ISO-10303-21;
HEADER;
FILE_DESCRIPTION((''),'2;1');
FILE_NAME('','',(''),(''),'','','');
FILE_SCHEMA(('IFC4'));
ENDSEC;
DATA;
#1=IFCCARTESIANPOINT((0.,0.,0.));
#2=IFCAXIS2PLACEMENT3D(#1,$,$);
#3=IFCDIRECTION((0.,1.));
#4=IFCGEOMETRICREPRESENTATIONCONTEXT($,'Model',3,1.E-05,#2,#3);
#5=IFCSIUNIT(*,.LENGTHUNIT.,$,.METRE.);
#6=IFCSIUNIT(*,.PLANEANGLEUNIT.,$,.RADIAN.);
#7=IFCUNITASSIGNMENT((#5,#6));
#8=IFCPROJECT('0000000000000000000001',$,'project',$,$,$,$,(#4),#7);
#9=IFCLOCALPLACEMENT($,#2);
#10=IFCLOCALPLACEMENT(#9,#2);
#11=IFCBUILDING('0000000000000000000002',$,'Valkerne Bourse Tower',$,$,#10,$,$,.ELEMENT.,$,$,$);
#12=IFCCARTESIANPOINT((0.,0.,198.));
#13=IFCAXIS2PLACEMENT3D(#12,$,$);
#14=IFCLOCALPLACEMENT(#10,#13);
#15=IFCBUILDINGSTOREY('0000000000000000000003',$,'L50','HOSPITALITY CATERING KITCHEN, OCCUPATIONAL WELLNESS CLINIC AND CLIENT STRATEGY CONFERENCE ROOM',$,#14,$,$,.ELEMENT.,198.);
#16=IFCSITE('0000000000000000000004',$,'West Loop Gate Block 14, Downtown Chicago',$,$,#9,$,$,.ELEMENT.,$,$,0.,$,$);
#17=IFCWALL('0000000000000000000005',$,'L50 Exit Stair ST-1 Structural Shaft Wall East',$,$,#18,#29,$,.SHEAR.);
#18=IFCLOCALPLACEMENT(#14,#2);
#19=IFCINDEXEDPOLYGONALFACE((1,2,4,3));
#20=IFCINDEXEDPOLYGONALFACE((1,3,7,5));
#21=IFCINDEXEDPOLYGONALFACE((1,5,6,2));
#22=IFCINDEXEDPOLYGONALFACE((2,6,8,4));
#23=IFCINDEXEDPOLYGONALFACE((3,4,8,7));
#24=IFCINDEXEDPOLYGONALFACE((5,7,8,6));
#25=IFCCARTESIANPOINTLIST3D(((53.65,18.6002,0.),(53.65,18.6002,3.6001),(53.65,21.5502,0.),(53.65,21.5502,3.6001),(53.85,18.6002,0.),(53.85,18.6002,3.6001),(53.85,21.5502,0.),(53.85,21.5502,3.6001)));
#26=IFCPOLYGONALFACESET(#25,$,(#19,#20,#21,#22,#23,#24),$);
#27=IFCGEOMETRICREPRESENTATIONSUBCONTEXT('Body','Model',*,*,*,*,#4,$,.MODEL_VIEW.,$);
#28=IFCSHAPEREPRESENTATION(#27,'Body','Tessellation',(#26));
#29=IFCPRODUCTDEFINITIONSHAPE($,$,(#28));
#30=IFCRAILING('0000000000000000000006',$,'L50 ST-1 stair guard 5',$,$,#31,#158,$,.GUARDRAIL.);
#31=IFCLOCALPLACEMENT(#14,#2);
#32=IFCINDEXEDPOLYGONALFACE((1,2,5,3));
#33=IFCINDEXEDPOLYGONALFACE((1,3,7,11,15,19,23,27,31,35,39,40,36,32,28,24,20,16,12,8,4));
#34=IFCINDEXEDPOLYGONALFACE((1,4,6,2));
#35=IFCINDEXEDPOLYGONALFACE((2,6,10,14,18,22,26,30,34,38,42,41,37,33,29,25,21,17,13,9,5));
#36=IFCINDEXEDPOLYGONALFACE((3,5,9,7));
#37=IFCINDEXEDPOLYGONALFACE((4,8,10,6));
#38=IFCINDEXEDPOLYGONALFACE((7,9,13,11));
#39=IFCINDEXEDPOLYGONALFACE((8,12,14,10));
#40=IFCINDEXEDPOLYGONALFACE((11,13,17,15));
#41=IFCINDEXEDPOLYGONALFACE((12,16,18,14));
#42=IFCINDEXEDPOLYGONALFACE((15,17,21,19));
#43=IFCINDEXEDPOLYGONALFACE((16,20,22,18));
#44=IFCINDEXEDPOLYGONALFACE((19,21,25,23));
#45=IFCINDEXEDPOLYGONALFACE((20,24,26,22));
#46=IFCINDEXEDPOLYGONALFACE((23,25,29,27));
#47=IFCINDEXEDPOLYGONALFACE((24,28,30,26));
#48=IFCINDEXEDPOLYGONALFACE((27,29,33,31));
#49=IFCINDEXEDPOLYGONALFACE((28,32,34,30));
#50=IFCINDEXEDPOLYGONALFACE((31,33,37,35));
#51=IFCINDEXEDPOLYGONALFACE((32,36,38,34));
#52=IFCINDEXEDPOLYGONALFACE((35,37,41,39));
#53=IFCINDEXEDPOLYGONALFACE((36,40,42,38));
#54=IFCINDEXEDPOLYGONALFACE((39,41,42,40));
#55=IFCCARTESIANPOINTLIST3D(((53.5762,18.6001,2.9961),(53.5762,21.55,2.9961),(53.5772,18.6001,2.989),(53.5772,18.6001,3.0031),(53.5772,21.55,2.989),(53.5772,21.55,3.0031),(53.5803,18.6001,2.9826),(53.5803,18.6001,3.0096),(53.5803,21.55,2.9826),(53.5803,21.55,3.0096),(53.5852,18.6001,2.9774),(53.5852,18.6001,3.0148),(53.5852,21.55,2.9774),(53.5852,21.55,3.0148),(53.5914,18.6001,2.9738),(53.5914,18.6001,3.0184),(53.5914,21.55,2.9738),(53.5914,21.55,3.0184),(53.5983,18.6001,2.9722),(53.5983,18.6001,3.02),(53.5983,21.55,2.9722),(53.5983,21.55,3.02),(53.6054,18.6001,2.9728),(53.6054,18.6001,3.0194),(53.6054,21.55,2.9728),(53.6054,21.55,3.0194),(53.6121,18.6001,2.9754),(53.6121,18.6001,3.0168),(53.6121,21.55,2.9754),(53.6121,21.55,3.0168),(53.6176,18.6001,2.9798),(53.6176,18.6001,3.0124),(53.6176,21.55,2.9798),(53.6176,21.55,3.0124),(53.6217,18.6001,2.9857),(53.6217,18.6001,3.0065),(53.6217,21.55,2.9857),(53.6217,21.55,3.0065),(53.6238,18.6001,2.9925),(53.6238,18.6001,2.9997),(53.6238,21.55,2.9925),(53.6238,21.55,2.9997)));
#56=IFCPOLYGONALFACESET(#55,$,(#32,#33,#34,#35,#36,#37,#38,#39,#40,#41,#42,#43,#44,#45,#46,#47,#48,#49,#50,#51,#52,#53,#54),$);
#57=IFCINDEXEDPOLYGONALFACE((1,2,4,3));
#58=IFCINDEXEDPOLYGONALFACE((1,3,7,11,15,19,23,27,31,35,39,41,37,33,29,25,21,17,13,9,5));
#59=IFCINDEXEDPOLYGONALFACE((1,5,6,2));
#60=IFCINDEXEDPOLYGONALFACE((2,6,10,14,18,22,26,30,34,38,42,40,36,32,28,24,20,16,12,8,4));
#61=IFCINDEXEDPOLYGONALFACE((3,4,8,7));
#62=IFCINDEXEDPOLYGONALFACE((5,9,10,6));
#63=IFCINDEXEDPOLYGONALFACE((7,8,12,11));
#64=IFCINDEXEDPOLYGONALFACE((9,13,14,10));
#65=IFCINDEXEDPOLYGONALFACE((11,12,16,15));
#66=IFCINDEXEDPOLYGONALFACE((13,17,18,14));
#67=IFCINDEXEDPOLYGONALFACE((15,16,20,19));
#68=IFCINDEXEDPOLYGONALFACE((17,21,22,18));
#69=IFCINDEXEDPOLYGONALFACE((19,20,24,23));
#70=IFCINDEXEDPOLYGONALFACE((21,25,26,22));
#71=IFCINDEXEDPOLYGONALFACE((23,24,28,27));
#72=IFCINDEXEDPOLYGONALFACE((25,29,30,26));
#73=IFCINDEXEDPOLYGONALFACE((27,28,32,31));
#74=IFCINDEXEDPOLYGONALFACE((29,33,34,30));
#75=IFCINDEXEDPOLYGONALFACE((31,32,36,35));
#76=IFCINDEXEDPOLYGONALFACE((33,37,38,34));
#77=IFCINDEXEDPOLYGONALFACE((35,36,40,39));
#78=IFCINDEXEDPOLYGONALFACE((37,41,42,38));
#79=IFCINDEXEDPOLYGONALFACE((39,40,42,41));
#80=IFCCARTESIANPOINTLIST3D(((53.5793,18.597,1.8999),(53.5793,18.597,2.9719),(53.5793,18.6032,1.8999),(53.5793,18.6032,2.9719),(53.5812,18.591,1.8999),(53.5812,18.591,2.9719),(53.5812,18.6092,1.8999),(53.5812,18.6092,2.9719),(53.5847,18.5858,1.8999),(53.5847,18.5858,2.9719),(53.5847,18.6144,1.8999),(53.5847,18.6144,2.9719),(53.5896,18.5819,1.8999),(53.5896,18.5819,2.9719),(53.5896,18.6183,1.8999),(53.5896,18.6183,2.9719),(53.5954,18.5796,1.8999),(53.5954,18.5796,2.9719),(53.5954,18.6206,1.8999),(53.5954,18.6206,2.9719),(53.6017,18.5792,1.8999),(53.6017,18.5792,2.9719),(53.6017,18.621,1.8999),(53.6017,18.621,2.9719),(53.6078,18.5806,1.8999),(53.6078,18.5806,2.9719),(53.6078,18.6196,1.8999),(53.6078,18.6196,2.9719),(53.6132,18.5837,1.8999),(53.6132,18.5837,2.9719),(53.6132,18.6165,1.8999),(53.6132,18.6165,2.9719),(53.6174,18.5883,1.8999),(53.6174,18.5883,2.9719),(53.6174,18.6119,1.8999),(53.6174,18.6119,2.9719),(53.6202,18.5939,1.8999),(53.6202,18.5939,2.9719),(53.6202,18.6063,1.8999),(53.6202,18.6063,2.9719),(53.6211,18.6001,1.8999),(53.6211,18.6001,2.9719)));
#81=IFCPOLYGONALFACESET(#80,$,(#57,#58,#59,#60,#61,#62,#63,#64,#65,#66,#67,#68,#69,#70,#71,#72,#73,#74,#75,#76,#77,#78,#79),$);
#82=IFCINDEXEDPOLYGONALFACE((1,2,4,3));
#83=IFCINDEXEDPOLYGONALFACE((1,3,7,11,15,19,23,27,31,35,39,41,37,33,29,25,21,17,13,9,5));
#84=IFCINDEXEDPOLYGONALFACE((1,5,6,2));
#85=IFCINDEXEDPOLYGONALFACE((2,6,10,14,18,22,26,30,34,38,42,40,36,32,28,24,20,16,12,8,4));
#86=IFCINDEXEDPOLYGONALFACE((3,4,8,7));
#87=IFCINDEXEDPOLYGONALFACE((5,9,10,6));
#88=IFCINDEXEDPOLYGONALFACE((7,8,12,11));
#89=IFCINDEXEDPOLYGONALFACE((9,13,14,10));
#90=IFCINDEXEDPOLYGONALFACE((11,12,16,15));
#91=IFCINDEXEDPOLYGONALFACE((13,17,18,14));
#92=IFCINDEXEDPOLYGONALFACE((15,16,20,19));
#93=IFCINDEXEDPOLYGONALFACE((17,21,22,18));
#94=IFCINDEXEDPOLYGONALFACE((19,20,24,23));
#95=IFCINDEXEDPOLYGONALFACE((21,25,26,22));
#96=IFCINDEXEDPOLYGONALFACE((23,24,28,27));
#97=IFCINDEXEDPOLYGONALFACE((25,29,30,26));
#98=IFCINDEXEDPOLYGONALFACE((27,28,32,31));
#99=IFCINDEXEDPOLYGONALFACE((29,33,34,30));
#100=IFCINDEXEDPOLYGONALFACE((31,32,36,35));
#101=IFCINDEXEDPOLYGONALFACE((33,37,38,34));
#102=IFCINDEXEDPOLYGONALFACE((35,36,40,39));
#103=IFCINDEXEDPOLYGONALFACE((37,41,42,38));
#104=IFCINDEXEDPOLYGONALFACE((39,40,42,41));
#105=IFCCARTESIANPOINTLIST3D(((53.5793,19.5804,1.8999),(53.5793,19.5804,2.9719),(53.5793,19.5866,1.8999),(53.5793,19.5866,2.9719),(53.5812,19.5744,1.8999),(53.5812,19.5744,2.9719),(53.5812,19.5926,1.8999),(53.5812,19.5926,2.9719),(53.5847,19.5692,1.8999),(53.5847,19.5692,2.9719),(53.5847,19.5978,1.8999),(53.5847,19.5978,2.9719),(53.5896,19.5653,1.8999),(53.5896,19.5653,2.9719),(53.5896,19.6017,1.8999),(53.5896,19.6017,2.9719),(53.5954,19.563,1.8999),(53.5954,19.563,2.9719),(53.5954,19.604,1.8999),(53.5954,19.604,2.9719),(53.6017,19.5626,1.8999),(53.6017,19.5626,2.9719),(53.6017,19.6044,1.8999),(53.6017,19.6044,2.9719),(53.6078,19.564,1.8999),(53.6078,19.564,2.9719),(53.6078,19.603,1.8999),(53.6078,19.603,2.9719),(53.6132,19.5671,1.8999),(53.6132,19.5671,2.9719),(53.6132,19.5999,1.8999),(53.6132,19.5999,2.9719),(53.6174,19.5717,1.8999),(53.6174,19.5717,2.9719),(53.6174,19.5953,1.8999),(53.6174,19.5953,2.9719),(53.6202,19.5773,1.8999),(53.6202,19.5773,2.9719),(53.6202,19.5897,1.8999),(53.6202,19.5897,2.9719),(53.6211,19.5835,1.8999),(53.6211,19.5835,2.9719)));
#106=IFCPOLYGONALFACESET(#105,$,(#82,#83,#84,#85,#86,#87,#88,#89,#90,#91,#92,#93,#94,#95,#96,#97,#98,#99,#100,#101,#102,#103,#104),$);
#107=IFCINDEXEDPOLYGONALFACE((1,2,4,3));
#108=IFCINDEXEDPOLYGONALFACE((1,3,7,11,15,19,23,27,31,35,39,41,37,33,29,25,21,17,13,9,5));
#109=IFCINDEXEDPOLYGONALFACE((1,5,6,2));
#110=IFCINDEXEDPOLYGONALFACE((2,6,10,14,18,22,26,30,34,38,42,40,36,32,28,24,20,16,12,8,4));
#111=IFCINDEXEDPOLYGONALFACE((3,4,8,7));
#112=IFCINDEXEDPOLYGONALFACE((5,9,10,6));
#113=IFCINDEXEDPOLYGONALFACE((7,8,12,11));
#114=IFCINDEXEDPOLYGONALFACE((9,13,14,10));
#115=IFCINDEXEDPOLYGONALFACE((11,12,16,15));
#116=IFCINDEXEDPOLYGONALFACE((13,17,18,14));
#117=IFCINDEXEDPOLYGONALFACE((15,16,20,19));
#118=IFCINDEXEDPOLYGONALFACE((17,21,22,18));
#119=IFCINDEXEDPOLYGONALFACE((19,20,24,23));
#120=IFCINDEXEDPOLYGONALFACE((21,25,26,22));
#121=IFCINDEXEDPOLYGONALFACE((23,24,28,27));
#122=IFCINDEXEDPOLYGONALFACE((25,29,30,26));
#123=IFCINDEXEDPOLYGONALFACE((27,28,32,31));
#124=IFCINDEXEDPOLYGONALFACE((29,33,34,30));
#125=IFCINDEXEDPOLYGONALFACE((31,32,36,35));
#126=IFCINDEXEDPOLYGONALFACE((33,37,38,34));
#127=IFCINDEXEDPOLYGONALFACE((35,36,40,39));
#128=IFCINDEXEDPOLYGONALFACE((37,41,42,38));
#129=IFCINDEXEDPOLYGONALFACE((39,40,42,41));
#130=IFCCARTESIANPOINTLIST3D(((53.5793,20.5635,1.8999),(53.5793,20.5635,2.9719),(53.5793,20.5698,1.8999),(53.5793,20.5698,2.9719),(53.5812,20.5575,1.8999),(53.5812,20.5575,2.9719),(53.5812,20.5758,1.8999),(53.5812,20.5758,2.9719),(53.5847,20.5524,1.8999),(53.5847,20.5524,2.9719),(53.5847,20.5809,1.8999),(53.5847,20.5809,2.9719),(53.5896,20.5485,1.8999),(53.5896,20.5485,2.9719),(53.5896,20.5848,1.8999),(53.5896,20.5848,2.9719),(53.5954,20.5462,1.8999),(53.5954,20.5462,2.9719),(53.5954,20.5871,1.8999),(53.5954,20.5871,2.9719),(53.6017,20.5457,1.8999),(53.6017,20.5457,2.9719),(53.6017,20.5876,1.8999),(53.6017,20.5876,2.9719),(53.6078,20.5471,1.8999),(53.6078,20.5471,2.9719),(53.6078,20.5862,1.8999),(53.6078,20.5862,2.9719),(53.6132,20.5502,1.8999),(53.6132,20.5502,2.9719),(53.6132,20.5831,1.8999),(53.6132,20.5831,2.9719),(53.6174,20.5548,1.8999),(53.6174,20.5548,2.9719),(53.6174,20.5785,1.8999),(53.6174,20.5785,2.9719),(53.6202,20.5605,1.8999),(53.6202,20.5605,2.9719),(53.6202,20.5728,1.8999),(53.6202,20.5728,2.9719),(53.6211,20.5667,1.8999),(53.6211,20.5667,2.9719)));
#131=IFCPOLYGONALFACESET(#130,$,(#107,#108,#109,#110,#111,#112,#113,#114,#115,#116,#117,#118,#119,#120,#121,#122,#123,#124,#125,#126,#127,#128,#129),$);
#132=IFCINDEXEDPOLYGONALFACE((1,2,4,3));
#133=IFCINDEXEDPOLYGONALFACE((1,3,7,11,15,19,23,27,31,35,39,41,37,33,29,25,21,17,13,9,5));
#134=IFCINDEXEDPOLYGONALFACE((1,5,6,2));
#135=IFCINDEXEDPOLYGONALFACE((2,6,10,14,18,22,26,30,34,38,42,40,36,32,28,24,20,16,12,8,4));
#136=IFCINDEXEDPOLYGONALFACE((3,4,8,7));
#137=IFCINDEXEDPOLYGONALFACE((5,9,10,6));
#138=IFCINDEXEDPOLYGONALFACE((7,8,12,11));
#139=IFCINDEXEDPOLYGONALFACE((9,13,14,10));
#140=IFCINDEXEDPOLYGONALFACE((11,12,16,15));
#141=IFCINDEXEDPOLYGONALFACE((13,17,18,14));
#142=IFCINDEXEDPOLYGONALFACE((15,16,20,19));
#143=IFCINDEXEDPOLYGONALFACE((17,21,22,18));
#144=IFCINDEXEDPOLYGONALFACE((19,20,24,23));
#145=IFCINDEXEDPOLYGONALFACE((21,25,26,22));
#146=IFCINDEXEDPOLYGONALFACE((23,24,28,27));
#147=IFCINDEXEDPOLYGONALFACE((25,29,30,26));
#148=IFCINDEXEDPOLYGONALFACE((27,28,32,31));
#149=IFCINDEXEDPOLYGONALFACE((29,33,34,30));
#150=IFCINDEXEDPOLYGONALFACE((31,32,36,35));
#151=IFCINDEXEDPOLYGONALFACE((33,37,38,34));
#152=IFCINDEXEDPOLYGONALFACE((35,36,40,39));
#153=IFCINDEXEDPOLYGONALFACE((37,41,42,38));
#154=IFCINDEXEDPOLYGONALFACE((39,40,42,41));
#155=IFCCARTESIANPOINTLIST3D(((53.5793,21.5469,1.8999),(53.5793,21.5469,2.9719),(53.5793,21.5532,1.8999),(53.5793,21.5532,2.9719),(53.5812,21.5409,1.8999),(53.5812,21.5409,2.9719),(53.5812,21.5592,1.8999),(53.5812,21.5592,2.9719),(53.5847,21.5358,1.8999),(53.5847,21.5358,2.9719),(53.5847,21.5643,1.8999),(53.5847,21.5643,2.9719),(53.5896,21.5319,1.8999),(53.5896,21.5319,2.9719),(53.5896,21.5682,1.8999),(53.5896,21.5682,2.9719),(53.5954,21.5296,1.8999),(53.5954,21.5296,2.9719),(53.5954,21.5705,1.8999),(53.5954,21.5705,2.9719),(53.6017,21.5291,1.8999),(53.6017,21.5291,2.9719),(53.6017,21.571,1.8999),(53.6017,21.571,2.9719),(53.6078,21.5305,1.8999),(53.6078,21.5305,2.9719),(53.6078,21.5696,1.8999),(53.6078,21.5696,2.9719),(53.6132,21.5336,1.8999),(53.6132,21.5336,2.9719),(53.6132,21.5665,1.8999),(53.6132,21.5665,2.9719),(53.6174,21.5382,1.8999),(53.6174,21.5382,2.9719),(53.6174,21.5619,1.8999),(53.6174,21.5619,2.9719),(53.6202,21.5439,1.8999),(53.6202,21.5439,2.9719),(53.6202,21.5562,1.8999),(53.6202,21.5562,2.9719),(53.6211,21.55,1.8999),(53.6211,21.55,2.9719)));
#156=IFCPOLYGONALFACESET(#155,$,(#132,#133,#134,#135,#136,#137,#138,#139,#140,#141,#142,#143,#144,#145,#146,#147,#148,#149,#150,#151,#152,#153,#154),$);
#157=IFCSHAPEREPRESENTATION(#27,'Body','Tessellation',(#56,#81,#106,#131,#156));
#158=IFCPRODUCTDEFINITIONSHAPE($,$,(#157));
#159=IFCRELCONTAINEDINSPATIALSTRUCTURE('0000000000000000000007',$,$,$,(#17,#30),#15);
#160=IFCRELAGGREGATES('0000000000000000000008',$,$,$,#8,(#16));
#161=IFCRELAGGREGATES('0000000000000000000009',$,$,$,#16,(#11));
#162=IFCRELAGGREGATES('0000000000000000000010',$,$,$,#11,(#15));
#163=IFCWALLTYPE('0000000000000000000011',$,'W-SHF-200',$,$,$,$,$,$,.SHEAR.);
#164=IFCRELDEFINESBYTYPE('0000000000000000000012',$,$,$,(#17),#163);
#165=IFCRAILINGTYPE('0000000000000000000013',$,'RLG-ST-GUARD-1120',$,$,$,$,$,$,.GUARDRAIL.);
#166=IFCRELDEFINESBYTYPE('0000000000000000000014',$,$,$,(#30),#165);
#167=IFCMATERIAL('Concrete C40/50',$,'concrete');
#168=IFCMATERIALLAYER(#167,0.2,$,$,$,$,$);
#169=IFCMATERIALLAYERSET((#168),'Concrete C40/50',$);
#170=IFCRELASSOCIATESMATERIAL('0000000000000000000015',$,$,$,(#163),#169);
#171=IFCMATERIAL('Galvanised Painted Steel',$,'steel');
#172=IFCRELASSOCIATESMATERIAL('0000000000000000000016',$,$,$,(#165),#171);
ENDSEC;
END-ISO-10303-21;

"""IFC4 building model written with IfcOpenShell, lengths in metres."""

from ifc_helpers import new_model, si_unit, direction, frame, frame_2d, origin, origin_2d, place, context, subcontext, project, spatial, rectangle, circle, extrude, material, layer, layer_set, type_object, element, save


model = new_model("IFC4")

# Units and contexts
model_context = context("Model", 3, precision=1e-05, world=origin(), true_north=direction((0.0, 1.0)))
body_context = subcontext(model_context, "Body", "Model", "MODEL_VIEW")
ifc_project = project(units=[si_unit("LENGTHUNIT", "METRE"), si_unit("PLANEANGLEUNIT", "RADIAN")], contexts=[model_context])

# Site, building, storey
site_placement = place(None, origin())
site = spatial("IfcSite", under=ifc_project, at=site_placement, Name="West Loop Gate Block 14, Downtown Chicago", CompositionType="ELEMENT", RefElevation=0.0)
building_placement = place(site_placement, origin())
building = spatial("IfcBuilding", under=site, at=building_placement, Name="Valkerne Bourse Tower", CompositionType="ELEMENT")
storey_placement = place(building_placement, frame((0.0, 0.0, 198.0)))
storey = spatial("IfcBuildingStorey", under=building, at=storey_placement, Name="L50", Description="HOSPITALITY CATERING KITCHEN, OCCUPATIONAL WELLNESS CLINIC AND CLIENT STRATEGY CONFERENCE ROOM", CompositionType="ELEMENT", Elevation=198.0)

# Wall
ifc_material_1 = material(Name="Concrete C40/50", Category="concrete")
ifc_layer_1 = layer(ifc_material_1, 0.2)
ifc_layer_set_1 = layer_set([ifc_layer_1], Name="Concrete C40/50")
wall_type_1 = type_object("IfcWallType", Name="W-SHF-200", PredefinedType="SHEAR", material=ifc_layer_set_1)
wall_1_placement = place(storey_placement, frame((53.75, 18.6001, 0.0), z_axis=(0.0, 0.0, 1.0), x_axis=(0.0, 1.0, 0.0)))
element("IfcWall", 1, at=wall_1_placement, inside=storey, type_object=wall_type_1, Name="L50 Exit Stair ST-1 Structural Shaft Wall East", PredefinedType="SHEAR", context=body_context, shape_type="SweptSolid", body=[
    extrude(rectangle(XDim=2.95, YDim=0.2, at=frame_2d((1.4751, 0.0))), origin(), (0.0, 0.0, 1.0), 3.6001),
])

# Railing
ifc_material_2 = material(Name="Galvanised Painted Steel", Category="steel")
railing_type = type_object("IfcRailingType", Name="RLG-ST-GUARD-1120", PredefinedType="GUARDRAIL", material=ifc_material_2)
railing_1_placement = place(storey_placement, frame((53.6001, 18.6001, 1.8999)))
element("IfcRailing", 2, at=railing_1_placement, inside=storey, type_object=railing_type, Name="L50 ST-1 stair guard 5", PredefinedType="GUARDRAIL", context=body_context, shape_type="SweptSolid", body=[
    extrude(circle(Radius=0.0239, at=origin_2d()), frame((0.0, 0.0, 1.0962), z_axis=(0.0, 1.0, 0.0), x_axis=(-1.0, 0.0, 0.0)), (0.0, 0.0, 1.0), 2.95),
    extrude(circle(Radius=0.021, at=origin_2d()), origin(), (0.0, 0.0, 1.0), 1.072),
    extrude(circle(Radius=0.021, at=origin_2d()), frame((0.0, 0.9834, 0.0)), (0.0, 0.0, 1.0), 1.072),
    extrude(circle(Radius=0.021, at=origin_2d()), frame((0.0, 1.9666, 0.0)), (0.0, 0.0, 1.0), 1.072),
    extrude(circle(Radius=0.021, at=origin_2d()), frame((0.0, 2.95, 0.0)), (0.0, 0.0, 1.0), 1.072),
])

save(model, "model.ifc")
